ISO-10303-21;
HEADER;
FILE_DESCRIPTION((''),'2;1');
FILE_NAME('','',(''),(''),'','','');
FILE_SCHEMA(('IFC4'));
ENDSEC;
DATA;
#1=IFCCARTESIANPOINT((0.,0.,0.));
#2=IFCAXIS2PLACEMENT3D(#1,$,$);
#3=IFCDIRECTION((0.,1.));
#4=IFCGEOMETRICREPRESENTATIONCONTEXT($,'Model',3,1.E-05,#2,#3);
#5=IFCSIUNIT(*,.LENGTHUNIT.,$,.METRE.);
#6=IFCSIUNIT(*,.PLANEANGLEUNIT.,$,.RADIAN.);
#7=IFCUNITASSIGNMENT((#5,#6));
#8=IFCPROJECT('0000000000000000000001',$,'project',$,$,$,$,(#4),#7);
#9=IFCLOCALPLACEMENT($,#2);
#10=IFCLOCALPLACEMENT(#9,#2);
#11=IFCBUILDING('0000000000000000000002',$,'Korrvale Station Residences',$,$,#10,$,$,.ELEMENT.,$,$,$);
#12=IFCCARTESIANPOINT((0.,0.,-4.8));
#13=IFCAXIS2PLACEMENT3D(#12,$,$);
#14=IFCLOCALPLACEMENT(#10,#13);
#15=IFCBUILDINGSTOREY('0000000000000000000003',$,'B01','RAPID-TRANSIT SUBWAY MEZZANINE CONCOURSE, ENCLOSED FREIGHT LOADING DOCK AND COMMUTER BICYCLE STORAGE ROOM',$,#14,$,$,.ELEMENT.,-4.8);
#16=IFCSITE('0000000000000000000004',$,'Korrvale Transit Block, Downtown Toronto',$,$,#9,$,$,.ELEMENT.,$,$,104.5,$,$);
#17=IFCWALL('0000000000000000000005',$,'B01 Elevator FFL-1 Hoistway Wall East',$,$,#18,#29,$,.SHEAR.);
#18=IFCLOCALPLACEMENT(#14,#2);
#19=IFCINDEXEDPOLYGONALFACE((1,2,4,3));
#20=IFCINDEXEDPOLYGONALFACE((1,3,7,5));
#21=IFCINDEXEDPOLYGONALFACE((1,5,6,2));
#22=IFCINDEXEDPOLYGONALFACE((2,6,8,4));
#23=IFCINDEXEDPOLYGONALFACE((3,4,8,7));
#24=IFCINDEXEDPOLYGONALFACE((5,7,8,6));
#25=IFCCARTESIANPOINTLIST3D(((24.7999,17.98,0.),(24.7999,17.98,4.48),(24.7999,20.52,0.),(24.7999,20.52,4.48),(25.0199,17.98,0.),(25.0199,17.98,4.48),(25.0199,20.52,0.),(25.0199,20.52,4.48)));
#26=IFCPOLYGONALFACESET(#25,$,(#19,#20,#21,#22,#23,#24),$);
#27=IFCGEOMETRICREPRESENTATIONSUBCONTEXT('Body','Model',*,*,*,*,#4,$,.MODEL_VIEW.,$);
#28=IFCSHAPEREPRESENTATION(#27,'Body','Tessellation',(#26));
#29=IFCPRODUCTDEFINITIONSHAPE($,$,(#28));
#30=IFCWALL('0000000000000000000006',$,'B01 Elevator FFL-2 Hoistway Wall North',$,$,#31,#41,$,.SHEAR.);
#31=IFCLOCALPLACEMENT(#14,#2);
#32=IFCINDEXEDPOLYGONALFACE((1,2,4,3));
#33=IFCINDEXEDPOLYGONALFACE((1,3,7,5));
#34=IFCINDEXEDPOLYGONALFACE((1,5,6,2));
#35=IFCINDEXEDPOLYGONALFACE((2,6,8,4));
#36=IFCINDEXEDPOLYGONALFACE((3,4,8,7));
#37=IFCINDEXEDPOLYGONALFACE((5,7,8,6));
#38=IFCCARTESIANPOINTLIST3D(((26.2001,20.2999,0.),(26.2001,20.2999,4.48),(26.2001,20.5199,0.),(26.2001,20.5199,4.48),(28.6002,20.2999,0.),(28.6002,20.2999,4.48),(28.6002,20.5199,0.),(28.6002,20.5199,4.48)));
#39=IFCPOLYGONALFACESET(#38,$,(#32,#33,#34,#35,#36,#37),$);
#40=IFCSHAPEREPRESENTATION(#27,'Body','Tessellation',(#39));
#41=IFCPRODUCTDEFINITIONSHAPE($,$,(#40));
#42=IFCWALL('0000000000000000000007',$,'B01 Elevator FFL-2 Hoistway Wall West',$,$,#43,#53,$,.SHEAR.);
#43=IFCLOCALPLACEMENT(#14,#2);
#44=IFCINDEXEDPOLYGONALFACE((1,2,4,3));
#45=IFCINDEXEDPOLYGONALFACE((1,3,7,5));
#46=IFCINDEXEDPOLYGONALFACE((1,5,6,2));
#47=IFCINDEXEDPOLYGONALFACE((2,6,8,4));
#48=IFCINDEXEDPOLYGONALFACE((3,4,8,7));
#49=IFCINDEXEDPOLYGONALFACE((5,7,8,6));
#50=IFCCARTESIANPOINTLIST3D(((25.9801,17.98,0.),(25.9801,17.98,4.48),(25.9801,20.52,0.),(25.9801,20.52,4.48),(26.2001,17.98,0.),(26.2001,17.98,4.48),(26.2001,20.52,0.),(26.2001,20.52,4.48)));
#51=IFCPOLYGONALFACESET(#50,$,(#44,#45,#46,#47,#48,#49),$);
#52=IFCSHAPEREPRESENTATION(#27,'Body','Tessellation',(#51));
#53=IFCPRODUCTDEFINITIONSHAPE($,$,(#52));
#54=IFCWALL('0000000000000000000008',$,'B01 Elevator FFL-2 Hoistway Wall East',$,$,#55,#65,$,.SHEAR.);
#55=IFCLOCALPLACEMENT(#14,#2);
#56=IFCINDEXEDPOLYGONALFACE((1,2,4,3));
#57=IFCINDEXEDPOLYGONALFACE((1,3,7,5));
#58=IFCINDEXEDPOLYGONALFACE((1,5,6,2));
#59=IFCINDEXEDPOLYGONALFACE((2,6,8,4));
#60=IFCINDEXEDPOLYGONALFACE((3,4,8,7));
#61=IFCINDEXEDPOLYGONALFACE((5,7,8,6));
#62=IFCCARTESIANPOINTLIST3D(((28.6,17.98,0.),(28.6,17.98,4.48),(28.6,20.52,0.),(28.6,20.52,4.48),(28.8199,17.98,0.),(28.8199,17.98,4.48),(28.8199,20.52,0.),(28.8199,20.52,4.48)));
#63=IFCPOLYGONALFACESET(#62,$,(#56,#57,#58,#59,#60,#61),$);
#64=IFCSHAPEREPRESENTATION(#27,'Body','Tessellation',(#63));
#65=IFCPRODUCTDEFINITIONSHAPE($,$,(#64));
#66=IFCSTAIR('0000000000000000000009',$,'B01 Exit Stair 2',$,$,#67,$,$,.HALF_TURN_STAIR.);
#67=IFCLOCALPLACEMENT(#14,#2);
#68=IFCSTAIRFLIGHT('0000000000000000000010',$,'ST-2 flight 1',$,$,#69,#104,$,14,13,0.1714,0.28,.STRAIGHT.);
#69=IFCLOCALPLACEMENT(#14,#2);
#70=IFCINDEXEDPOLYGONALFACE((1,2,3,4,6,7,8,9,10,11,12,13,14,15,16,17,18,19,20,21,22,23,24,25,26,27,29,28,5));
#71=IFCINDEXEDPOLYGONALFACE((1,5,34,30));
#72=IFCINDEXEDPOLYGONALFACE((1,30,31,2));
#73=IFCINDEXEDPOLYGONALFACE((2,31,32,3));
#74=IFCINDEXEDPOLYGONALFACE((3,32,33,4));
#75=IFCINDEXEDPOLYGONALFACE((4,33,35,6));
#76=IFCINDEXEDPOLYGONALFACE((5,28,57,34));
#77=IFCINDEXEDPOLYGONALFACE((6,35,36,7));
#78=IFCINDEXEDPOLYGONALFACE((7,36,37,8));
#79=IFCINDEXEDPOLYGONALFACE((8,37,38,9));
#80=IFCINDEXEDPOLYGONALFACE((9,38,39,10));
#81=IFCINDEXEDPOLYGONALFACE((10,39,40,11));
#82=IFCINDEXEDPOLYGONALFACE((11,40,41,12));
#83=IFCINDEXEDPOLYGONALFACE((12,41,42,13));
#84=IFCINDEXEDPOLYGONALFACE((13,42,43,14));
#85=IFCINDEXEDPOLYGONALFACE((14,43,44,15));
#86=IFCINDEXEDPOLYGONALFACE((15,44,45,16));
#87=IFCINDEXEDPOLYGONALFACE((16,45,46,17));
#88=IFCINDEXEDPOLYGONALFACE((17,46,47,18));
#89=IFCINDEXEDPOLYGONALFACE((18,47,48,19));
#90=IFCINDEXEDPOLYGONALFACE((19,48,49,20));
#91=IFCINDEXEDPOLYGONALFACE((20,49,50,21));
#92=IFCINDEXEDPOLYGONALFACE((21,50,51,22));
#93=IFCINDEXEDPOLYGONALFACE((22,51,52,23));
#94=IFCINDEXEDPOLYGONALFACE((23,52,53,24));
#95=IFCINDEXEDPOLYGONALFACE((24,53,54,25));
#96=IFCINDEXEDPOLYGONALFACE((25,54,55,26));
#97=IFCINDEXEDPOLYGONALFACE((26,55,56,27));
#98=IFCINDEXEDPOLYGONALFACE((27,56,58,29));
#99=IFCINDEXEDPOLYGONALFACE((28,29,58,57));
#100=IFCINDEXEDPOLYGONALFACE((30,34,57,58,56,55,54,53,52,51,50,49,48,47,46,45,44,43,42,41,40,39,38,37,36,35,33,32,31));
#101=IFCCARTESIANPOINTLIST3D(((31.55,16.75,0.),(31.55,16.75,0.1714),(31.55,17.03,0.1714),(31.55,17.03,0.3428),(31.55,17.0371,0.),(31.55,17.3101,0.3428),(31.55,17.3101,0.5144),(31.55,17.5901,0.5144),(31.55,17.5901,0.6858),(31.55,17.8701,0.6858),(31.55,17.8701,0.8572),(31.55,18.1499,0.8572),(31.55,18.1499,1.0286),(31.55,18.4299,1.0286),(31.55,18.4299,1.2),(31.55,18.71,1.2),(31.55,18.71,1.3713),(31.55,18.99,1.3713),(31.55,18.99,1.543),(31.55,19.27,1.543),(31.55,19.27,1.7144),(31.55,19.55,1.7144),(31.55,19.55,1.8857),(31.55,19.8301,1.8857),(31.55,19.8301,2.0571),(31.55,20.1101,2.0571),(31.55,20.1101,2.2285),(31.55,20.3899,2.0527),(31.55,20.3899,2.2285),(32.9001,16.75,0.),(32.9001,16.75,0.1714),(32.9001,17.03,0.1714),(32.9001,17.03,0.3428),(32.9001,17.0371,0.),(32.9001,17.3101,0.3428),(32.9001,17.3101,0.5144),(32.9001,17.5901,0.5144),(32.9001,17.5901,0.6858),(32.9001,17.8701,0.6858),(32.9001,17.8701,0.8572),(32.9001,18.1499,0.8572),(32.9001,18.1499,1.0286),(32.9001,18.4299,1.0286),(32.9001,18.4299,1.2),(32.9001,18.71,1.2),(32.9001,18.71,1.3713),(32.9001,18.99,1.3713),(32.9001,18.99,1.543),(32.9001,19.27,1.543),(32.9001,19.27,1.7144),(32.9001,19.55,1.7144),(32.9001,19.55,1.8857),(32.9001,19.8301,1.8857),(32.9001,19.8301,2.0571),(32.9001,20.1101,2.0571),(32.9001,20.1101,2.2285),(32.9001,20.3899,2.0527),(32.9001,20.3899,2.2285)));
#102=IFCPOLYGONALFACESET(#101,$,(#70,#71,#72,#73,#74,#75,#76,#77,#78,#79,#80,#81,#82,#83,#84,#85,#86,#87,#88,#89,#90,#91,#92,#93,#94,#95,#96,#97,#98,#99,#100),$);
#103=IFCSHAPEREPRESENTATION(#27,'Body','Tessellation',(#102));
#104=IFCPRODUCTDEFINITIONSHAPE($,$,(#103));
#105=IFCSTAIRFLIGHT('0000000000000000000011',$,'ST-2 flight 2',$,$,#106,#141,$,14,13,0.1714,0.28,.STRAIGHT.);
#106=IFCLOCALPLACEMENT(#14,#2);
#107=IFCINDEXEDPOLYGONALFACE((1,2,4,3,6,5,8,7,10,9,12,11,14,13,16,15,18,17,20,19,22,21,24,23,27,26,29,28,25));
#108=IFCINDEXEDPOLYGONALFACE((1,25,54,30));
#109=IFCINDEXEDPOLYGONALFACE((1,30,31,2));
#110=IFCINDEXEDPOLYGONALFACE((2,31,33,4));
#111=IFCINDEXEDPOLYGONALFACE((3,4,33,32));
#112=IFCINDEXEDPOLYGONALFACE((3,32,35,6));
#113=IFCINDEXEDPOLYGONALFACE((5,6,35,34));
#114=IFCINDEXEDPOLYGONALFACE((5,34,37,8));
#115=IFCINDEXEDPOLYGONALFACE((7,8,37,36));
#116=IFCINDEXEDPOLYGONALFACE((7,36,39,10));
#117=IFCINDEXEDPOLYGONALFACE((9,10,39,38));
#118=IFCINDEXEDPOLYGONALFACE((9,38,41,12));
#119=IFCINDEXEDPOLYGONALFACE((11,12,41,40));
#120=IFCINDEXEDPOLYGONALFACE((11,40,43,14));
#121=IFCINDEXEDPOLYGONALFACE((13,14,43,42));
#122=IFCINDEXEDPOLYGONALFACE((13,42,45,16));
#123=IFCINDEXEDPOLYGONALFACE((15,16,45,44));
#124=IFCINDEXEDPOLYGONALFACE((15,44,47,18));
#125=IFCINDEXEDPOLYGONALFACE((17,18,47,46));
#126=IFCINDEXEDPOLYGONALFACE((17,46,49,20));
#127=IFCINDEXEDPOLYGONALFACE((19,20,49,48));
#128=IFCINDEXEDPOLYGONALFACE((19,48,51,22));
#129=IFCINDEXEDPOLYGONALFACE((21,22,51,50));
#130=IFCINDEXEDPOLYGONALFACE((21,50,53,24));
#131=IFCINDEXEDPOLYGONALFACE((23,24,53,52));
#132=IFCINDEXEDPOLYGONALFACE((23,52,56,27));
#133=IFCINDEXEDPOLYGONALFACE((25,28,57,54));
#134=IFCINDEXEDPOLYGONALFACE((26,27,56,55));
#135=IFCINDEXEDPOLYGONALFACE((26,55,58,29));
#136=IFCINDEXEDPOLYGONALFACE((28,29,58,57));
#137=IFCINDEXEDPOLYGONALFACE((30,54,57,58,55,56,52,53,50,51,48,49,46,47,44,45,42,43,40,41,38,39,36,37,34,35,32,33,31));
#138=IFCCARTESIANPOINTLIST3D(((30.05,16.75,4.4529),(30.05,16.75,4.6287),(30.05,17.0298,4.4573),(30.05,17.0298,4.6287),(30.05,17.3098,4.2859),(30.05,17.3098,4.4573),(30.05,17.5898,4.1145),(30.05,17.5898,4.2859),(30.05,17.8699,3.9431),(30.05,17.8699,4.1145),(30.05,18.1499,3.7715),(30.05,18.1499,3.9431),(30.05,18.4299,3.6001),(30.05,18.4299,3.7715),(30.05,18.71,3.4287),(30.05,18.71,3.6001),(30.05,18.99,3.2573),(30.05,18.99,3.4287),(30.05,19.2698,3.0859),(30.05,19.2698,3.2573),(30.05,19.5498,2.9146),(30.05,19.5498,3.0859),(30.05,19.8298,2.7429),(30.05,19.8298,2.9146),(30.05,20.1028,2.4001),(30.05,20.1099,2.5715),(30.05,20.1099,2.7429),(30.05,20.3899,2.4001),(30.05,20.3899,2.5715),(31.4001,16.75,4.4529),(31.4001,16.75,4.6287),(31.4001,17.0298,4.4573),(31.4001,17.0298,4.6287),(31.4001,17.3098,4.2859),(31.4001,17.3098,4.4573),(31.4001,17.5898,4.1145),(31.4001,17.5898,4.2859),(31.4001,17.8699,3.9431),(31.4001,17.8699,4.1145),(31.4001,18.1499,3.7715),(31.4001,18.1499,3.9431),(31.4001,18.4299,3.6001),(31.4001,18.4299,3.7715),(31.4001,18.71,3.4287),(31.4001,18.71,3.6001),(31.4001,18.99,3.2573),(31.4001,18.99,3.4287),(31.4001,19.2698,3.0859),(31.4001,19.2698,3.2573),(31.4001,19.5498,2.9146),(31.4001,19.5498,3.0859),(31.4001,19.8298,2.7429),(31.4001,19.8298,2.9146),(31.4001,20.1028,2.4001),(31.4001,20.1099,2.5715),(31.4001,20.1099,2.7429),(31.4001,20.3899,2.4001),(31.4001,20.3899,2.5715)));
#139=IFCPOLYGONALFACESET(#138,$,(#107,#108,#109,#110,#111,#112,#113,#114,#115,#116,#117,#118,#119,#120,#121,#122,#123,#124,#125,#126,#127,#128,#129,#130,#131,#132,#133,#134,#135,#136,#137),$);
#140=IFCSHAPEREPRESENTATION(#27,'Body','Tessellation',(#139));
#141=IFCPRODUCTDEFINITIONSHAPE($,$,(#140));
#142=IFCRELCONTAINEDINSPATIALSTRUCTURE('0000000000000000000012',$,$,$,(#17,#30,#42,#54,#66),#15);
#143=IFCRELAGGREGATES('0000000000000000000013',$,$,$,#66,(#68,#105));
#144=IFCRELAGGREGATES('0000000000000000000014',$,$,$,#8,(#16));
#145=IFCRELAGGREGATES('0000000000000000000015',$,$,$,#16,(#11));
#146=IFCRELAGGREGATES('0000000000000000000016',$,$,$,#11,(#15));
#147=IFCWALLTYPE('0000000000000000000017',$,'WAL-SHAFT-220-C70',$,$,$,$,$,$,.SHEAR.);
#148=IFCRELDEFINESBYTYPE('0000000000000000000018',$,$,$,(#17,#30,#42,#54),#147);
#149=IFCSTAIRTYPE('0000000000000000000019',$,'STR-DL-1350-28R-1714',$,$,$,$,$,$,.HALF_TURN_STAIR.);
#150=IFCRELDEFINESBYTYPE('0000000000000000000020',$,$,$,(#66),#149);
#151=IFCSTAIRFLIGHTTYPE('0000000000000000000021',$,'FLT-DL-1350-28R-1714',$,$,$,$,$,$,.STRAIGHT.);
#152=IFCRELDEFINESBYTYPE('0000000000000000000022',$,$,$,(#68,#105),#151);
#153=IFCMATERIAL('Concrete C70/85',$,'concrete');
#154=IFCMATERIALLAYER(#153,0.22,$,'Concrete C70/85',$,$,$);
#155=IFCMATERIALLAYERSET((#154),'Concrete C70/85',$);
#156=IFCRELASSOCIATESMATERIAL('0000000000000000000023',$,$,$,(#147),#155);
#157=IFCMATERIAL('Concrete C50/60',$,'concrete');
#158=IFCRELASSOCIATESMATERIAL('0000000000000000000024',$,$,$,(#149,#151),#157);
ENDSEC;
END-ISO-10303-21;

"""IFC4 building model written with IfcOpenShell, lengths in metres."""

from ifc_helpers import new_model, si_unit, direction, frame, frame_2d, origin, place, context, subcontext, project, spatial, polyline, rectangle, outline, extrude, material, layer, layer_set, type_object, element, aggregate, save


model = new_model("IFC4")

# Units and contexts
model_context = context("Model", 3, precision=1e-05, world=origin(), true_north=direction((0.0, 1.0)))
body_context = subcontext(model_context, "Body", "Model", "MODEL_VIEW")
ifc_project = project(units=[si_unit("LENGTHUNIT", "METRE"), si_unit("PLANEANGLEUNIT", "RADIAN")], contexts=[model_context])

# Site, building, storey
site_placement = place(None, origin())
site = spatial("IfcSite", under=ifc_project, at=site_placement, Name="Korrvale Transit Block, Downtown Toronto", CompositionType="ELEMENT", RefElevation=104.5)
building_placement = place(site_placement, origin())
building = spatial("IfcBuilding", under=site, at=building_placement, Name="Korrvale Station Residences", CompositionType="ELEMENT")
storey_placement = place(building_placement, frame((0.0, 0.0, -4.8)))
storey = spatial("IfcBuildingStorey", under=building, at=storey_placement, Name="B01", Description="RAPID-TRANSIT SUBWAY MEZZANINE CONCOURSE, ENCLOSED FREIGHT LOADING DOCK AND COMMUTER BICYCLE STORAGE ROOM", CompositionType="ELEMENT", Elevation=-4.8)

# Shared definitions
ifc_material_1 = material(Name="Concrete C70/85", Category="concrete")
ifc_material_2 = material(Name="Concrete C50/60", Category="concrete")

# Shared definitions
ifc_layer_1 = layer(ifc_material_1, 0.22, Name="Concrete C70/85")
ifc_layer_set_1 = layer_set([ifc_layer_1], Name="Concrete C70/85")
wall_type_1 = type_object("IfcWallType", Name="WAL-SHAFT-220-C70", PredefinedType="SHEAR", material=ifc_layer_set_1)

# Wall
for number, where, z_axis, x_axis, name in (
    (1, (24.9099, 17.98, 0.0), (0.0, 0.0, 1.0), (0.0, 1.0, 0.0), "B01 Elevator FFL-1 Hoistway Wall East"),
):
    element("IfcWall", number, at=place(storey_placement, frame(where, z_axis=z_axis, x_axis=x_axis)), inside=storey, type_object=wall_type_1, Name=name, PredefinedType="SHEAR", context=body_context, shape_type="SweptSolid", body=[
        extrude(rectangle(XDim=2.54, YDim=0.22, at=frame_2d((1.27, 0.0))), origin(), (0.0, 0.0, 1.0), 4.48),
    ])

# Walls
wall_1_placement = place(storey_placement, frame((26.2, 20.4099, 0.0), z_axis=(0.0, 0.0, 1.0), x_axis=(1.0, 0.0, 0.0)))
element("IfcWall", 2, at=wall_1_placement, inside=storey, type_object=wall_type_1, Name="B01 Elevator FFL-2 Hoistway Wall North", PredefinedType="SHEAR", context=body_context, shape_type="SweptSolid", body=[
    extrude(rectangle(XDim=2.4001, YDim=0.22, at=frame_2d((1.2002, 0.0))), origin(), (0.0, 0.0, 1.0), 4.48),
])
for number, where, z_axis, x_axis, name in (
    (3, (26.0901, 17.98, 0.0), (0.0, 0.0, 1.0), (0.0, 1.0, 0.0), "B01 Elevator FFL-2 Hoistway Wall West"),
    (4, (28.71, 17.98, 0.0), (0.0, 0.0, 1.0), (0.0, 1.0, 0.0), "B01 Elevator FFL-2 Hoistway Wall East"),
):
    element("IfcWall", number, at=place(storey_placement, frame(where, z_axis=z_axis, x_axis=x_axis)), inside=storey, type_object=wall_type_1, Name=name, PredefinedType="SHEAR", context=body_context, shape_type="SweptSolid", body=[
        extrude(rectangle(XDim=2.54, YDim=0.22, at=frame_2d((1.27, 0.0))), origin(), (0.0, 0.0, 1.0), 4.48),
    ])

# Stair, stair flights
stair_type = type_object("IfcStairType", Name="STR-DL-1350-28R-1714", PredefinedType="HALF_TURN_STAIR", material=ifc_material_2)
stair_placement = place(storey_placement, origin())
stair = element("IfcStair", 5, at=stair_placement, inside=storey, type_object=stair_type, Name="B01 Exit Stair 2", PredefinedType="HALF_TURN_STAIR")
stair_flight_type = type_object("IfcStairFlightType", Name="FLT-DL-1350-28R-1714", PredefinedType="STRAIGHT", material=ifc_material_2)
stair_flight_1_placement = place(storey_placement, frame((32.2251, 16.75, 0.0), z_axis=(0.0, 0.0, 1.0), x_axis=(0.0, 1.0, 0.0)))
stair_flight_1 = element("IfcStairFlight", 6, at=stair_flight_1_placement, type_object=stair_flight_type, Name="ST-2 flight 1", NumberOfRisers=14, NumberOfTreads=13, PredefinedType="STRAIGHT", RiserHeight=0.1714, TreadLength=0.28, context=body_context, shape_type="SweptSolid", body=[
    extrude(outline(polyline([(0.0, 0.0), (0.0, 0.1714), (0.28, 0.1714), (0.28, 0.3428), (0.5601, 0.3428), (0.5601, 0.5144), (0.8401, 0.5144), (0.8401, 0.6858), (1.1201, 0.6858), (1.1201, 0.8572), (1.3999, 0.8572), (1.3999, 1.0286), (1.6799, 1.0286), (1.6799, 1.2), (1.96, 1.2), (1.96, 1.3713), (2.24, 1.3713), (2.24, 1.543), (2.52, 1.543), (2.52, 1.7144), (2.8, 1.7144), (2.8, 1.8857), (3.0801, 1.8857), (3.0801, 2.0571), (3.3601, 2.0571), (3.3601, 2.2285), (3.6399, 2.2285), (3.6399, 2.3999), (3.6399, 2.0527), (0.2871, 0.0), (0.0, 0.0)])), frame((0.0, 0.675, 0.0), z_axis=(0.0, -1.0, 0.0), x_axis=(1.0, 0.0, 0.0)), (0.0, 0.0, 1.0), 1.3501),
])
stair_flight_2_placement = place(storey_placement, frame((30.7251, 20.3899, 2.4001), z_axis=(0.0, 0.0, 1.0), x_axis=(0.0, -1.0, 0.0)))
stair_flight_2 = element("IfcStairFlight", 7, at=stair_flight_2_placement, type_object=stair_flight_type, Name="ST-2 flight 2", NumberOfRisers=14, NumberOfTreads=13, PredefinedType="STRAIGHT", RiserHeight=0.1714, TreadLength=0.28, context=body_context, shape_type="SweptSolid", body=[
    extrude(outline(polyline([(0.0, 0.0), (0.0, 0.1714), (0.28, 0.1714), (0.28, 0.3428), (0.5601, 0.3428), (0.5601, 0.5144), (0.8401, 0.5144), (0.8401, 0.6858), (1.1201, 0.6858), (1.1201, 0.8572), (1.3999, 0.8572), (1.3999, 1.0286), (1.6799, 1.0286), (1.6799, 1.2), (1.96, 1.2), (1.96, 1.3713), (2.24, 1.3713), (2.24, 1.543), (2.52, 1.543), (2.52, 1.7144), (2.8, 1.7144), (2.8, 1.8857), (3.0801, 1.8857), (3.0801, 2.0571), (3.3601, 2.0571), (3.3601, 2.2285), (3.6399, 2.2285), (3.6399, 2.3999), (3.6399, 2.0527), (0.2871, 0.0), (0.0, 0.0)])), frame((0.0, 0.675, 0.0), z_axis=(0.0, -1.0, 0.0), x_axis=(1.0, 0.0, 0.0)), (0.0, 0.0, 1.0), 1.3501),
])
aggregate(stair, [stair_flight_1, stair_flight_2])

save(model, "model.ifc")
